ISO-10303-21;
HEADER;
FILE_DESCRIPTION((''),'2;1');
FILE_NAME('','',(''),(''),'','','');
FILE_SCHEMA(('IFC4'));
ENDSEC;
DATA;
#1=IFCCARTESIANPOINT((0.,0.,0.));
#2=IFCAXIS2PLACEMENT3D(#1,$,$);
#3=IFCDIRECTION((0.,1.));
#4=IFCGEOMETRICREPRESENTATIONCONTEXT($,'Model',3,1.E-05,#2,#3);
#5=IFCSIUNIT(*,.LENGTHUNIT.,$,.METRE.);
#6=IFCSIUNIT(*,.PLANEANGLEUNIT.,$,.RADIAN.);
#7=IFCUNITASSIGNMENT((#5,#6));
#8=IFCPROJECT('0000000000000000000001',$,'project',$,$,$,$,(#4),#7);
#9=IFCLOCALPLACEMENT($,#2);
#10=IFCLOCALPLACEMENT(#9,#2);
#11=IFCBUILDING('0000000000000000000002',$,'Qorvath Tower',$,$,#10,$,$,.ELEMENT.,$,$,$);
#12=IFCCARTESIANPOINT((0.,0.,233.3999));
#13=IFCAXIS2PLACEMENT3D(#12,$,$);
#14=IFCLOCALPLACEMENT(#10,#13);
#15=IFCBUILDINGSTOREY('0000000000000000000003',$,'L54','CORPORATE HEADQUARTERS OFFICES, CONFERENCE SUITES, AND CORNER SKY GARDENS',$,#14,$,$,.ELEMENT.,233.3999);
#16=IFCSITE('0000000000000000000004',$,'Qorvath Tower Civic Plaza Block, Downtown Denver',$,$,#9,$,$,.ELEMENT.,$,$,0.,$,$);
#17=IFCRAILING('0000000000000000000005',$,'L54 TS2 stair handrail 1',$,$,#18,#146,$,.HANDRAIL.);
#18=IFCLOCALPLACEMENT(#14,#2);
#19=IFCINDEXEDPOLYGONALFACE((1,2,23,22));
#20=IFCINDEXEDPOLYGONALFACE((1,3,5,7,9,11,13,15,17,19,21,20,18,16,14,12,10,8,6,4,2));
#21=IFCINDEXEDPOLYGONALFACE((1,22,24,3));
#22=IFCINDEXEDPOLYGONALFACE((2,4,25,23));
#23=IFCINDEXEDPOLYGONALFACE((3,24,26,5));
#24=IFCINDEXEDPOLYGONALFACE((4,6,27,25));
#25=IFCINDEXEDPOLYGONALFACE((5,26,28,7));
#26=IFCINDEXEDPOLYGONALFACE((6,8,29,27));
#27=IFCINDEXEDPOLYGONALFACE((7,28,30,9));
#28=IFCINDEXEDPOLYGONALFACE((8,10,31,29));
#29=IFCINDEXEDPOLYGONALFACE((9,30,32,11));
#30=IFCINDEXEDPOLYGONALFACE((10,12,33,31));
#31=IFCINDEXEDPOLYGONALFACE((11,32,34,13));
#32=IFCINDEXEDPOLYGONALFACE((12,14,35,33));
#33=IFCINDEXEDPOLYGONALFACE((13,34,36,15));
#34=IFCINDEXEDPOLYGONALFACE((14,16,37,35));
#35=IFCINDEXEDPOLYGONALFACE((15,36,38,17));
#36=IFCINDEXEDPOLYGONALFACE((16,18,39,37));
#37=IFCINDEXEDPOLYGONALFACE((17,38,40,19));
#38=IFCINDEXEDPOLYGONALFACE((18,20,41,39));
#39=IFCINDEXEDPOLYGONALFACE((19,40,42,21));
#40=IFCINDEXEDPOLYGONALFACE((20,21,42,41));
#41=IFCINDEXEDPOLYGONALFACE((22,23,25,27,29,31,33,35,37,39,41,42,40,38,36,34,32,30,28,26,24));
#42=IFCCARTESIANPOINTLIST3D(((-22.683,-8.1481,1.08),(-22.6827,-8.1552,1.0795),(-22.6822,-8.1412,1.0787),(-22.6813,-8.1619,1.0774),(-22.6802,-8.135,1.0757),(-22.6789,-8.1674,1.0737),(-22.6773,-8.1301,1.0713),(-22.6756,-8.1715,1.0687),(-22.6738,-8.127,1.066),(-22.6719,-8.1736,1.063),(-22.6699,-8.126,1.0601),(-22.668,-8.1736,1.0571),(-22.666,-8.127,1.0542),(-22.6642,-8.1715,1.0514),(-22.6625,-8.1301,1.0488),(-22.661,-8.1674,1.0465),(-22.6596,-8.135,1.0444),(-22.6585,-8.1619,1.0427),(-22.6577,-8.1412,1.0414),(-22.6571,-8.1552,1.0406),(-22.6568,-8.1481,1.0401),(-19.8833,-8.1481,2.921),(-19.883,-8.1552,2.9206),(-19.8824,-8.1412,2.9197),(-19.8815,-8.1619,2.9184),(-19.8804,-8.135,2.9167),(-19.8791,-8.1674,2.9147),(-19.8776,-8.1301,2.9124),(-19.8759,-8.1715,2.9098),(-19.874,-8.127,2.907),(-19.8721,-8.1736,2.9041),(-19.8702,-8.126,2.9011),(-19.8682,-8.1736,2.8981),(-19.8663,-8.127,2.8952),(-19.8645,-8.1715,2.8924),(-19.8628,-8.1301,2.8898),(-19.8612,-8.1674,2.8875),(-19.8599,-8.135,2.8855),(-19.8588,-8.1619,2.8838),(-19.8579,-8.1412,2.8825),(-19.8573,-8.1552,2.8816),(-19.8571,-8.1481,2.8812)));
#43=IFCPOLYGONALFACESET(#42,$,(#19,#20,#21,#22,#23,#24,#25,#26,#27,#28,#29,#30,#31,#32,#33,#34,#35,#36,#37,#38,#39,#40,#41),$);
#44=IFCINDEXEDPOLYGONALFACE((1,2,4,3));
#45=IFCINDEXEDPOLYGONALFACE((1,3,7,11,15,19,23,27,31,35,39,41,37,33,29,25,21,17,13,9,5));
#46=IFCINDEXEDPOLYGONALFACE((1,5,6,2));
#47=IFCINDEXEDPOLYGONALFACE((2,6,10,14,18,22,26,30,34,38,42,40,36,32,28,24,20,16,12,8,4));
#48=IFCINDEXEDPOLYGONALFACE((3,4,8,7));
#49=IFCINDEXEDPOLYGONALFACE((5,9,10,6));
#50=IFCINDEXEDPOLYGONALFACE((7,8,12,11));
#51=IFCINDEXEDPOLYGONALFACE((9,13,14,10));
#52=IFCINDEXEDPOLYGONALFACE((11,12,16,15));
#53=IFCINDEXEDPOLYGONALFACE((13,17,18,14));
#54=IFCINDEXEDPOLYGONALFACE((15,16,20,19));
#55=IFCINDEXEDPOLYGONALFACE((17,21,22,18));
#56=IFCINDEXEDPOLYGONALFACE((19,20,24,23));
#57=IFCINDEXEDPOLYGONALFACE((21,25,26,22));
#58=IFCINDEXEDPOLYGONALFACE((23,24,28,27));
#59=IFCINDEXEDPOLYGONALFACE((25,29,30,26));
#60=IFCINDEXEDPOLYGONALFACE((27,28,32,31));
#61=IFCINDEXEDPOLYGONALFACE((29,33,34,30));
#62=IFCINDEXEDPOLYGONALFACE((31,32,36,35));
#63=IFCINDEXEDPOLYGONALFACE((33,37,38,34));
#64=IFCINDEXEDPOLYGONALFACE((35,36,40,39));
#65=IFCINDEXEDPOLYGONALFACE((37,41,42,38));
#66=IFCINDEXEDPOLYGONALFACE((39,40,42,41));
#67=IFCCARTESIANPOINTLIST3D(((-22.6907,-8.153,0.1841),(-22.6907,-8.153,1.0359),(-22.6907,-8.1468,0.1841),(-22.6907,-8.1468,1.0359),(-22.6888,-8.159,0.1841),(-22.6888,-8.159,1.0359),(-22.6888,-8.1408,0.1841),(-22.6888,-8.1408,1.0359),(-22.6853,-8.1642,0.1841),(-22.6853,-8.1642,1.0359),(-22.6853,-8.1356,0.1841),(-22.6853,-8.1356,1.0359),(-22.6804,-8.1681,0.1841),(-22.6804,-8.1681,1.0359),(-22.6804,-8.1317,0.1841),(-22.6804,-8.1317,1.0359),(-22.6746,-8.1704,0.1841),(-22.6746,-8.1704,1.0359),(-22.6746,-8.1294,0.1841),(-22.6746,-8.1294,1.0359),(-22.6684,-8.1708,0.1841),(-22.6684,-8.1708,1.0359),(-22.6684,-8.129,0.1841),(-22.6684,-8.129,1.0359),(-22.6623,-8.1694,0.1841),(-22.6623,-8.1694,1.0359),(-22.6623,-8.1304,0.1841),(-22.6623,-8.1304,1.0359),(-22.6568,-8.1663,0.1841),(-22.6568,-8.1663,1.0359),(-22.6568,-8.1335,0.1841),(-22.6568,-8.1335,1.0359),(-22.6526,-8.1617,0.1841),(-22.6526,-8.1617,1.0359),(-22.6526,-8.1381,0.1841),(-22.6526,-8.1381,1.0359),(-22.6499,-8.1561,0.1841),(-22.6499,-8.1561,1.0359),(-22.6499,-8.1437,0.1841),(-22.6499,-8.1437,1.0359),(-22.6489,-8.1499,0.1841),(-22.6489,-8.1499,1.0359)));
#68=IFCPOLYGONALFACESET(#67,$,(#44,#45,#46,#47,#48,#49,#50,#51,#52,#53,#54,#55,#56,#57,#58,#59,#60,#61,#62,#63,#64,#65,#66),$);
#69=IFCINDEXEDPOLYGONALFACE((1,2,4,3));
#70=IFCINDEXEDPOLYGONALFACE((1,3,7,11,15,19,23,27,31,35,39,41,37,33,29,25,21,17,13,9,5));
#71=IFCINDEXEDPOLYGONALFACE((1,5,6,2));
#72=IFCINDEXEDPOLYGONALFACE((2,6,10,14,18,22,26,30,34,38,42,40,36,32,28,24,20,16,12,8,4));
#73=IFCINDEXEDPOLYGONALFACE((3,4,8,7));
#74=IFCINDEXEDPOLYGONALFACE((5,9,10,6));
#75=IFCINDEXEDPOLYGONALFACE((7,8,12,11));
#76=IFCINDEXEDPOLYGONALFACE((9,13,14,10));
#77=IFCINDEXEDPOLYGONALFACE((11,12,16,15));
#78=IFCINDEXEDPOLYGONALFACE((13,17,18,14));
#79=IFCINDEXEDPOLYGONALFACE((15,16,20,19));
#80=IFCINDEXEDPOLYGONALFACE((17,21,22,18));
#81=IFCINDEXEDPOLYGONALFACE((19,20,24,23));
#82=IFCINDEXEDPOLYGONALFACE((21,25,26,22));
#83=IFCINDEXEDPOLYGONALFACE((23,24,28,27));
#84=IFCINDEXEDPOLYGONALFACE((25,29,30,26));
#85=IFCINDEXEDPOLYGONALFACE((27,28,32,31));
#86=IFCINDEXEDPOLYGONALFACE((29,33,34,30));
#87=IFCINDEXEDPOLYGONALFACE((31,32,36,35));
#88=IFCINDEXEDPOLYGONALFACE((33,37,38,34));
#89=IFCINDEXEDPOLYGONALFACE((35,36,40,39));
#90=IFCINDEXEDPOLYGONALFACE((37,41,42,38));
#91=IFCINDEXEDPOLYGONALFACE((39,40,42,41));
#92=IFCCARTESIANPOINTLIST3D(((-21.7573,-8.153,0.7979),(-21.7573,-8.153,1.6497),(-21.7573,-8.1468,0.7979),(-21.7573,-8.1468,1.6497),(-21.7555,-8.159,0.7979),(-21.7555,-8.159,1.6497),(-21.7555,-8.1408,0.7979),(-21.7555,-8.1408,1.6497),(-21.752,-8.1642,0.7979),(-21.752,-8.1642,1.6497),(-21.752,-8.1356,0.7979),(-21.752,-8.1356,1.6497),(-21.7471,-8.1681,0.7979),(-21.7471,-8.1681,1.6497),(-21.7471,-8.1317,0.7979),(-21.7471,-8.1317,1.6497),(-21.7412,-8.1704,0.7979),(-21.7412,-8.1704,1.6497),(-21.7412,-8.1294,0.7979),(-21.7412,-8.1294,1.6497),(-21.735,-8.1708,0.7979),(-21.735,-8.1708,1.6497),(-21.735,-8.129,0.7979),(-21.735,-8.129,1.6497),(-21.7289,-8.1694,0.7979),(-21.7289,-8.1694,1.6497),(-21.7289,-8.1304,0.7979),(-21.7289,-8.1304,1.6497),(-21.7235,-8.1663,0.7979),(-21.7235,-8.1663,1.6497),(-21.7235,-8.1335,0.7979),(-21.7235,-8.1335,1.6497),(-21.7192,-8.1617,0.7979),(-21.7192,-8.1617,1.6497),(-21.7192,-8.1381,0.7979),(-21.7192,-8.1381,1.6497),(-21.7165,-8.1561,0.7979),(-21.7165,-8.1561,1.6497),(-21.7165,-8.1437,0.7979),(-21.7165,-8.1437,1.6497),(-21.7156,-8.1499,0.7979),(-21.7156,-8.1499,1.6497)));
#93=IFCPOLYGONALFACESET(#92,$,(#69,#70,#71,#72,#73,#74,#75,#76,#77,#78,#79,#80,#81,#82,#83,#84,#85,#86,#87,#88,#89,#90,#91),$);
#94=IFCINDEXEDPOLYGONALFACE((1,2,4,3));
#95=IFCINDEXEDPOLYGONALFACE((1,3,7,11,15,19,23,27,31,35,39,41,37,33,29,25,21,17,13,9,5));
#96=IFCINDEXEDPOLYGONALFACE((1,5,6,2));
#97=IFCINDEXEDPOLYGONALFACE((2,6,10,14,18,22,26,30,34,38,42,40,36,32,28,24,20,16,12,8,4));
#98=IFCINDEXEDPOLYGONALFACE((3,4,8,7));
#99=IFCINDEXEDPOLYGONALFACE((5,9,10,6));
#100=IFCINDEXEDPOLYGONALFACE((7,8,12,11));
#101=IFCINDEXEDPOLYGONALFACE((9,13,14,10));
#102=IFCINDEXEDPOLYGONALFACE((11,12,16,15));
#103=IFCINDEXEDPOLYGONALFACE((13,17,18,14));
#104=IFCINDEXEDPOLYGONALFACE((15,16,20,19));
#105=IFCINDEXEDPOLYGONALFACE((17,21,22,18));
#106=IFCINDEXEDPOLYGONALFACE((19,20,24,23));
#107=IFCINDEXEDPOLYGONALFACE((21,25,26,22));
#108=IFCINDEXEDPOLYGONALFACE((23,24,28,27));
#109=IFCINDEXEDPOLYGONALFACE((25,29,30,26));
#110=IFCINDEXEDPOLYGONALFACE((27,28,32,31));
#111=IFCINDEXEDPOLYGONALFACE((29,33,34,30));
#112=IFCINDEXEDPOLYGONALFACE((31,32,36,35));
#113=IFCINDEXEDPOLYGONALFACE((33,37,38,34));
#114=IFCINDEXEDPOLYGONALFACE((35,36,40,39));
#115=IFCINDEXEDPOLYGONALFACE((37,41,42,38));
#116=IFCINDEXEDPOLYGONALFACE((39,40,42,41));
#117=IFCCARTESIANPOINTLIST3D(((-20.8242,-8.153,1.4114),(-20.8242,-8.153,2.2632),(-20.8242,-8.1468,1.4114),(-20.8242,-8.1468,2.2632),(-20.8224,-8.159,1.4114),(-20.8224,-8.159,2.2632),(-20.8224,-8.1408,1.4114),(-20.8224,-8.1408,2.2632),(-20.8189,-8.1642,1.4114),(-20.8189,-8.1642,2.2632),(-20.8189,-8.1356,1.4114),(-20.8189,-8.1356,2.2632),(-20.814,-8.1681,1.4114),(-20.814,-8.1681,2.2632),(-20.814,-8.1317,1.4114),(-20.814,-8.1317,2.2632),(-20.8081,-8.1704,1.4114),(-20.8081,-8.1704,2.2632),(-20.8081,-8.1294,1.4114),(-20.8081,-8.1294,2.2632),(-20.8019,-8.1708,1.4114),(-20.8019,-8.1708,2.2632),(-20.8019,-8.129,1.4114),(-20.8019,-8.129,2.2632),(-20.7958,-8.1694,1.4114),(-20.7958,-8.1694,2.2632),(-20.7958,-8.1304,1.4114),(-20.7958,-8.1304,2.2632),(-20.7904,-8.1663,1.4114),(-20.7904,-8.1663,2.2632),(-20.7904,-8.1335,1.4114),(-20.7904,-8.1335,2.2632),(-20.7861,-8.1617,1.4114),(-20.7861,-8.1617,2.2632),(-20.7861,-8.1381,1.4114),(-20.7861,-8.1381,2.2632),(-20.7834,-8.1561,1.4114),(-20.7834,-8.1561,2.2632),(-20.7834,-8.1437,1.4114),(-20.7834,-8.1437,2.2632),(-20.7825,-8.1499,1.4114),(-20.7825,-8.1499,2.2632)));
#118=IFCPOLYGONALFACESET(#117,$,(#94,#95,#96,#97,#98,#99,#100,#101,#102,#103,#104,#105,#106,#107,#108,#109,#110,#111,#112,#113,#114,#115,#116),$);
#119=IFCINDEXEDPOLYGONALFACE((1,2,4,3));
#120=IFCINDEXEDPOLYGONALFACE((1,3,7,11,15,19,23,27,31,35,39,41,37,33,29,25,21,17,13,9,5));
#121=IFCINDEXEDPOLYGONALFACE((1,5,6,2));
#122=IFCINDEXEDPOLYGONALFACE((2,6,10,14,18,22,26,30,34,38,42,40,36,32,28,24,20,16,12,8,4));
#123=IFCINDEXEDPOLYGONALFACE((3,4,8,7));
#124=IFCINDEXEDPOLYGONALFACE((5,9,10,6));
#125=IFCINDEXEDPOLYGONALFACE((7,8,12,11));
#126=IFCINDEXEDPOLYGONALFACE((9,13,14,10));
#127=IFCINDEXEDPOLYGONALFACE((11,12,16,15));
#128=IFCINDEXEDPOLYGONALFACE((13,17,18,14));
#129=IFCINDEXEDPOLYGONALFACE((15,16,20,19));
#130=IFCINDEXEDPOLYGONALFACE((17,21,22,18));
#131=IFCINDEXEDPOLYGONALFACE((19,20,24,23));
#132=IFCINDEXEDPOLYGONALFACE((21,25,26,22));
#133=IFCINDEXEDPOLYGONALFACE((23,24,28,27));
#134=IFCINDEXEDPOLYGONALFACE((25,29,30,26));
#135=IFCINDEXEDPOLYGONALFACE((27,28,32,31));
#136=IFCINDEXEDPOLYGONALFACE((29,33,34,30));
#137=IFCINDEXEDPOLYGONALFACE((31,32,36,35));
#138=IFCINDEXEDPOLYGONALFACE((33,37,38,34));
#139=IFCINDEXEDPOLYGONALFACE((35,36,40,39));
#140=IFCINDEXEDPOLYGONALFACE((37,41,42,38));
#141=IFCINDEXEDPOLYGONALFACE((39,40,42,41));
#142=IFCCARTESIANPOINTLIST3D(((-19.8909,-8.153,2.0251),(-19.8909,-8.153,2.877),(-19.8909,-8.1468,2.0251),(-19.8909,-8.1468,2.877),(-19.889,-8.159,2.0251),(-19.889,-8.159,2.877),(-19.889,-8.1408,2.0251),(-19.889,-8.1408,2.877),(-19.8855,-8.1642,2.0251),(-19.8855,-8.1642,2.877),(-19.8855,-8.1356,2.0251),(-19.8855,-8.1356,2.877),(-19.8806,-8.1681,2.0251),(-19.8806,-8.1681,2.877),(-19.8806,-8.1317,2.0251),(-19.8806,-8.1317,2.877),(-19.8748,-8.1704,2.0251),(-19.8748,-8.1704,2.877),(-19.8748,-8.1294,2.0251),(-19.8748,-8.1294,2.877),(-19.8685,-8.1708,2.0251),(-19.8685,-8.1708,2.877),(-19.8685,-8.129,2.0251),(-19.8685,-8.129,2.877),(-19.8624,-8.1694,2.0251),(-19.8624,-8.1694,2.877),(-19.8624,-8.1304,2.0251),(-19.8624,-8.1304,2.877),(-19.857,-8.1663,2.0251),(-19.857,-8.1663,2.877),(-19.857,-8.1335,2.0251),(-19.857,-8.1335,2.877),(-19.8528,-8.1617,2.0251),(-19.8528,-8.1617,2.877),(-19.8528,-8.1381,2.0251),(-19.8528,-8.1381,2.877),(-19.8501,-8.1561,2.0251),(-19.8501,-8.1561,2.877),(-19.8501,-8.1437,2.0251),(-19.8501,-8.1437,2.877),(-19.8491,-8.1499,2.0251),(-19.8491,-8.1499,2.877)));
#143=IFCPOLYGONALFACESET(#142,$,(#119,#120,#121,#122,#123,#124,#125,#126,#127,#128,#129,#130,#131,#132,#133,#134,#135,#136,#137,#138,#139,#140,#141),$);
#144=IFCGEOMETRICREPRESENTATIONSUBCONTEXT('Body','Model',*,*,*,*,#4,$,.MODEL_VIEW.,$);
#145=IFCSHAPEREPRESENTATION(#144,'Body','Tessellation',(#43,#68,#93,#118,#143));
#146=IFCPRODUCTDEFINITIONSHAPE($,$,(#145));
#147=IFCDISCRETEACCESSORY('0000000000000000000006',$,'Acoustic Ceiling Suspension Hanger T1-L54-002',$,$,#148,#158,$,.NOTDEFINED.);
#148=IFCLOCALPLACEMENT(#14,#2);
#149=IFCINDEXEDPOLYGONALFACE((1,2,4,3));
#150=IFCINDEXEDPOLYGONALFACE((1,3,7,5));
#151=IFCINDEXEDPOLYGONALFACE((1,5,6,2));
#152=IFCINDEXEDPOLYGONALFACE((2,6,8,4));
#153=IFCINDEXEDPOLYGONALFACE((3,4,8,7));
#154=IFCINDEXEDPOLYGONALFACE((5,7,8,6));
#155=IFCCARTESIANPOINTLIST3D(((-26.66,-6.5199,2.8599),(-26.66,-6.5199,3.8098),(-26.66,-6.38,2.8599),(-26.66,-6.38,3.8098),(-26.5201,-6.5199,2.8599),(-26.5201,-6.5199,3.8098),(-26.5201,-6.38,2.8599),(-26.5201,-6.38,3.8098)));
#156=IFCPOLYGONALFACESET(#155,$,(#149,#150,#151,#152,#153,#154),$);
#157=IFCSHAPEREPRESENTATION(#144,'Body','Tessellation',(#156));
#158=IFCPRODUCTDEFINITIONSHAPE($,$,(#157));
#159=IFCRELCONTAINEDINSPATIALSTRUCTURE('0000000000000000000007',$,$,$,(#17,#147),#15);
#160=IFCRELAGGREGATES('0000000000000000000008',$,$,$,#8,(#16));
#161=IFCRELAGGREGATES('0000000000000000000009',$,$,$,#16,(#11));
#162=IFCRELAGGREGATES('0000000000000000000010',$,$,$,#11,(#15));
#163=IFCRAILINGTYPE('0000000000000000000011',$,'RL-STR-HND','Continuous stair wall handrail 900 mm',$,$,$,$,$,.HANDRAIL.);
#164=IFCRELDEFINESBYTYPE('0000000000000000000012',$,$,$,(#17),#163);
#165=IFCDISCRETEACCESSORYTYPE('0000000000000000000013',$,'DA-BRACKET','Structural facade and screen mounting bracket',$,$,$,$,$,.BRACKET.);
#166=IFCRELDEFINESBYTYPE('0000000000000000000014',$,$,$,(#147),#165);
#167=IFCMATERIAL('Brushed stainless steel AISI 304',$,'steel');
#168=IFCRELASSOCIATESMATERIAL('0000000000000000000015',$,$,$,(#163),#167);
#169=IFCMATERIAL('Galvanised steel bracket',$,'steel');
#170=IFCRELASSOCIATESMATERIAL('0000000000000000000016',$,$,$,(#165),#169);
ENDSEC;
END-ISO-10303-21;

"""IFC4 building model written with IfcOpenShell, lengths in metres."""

from ifc_helpers import new_model, si_unit, direction, frame, origin, origin_2d, place, context, subcontext, project, spatial, rectangle, circle, extrude, material, type_object, element, save


model = new_model("IFC4")

# Units and contexts
model_context = context("Model", 3, precision=1e-05, world=origin(), true_north=direction((0.0, 1.0)))
body_context = subcontext(model_context, "Body", "Model", "MODEL_VIEW")
ifc_project = project(units=[si_unit("LENGTHUNIT", "METRE"), si_unit("PLANEANGLEUNIT", "RADIAN")], contexts=[model_context])

# Site, building, storey
site_placement = place(None, origin())
site = spatial("IfcSite", under=ifc_project, at=site_placement, Name="Qorvath Tower Civic Plaza Block, Downtown Denver", CompositionType="ELEMENT", RefElevation=0.0)
building_placement = place(site_placement, origin())
building = spatial("IfcBuilding", under=site, at=building_placement, Name="Qorvath Tower", CompositionType="ELEMENT")
storey_placement = place(building_placement, frame((0.0, 0.0, 233.3999)))
storey = spatial("IfcBuildingStorey", under=building, at=storey_placement, Name="L54", Description="CORPORATE HEADQUARTERS OFFICES, CONFERENCE SUITES, AND CORNER SKY GARDENS", CompositionType="ELEMENT", Elevation=233.3999)

# Railing
ifc_material_1 = material(Name="Brushed stainless steel AISI 304", Category="steel")
railing_type_1 = type_object("IfcRailingType", Name="RL-STR-HND", Description="Continuous stair wall handrail 900 mm", PredefinedType="HANDRAIL", material=ifc_material_1)
railing_1_placement = place(storey_placement, frame((-22.6699, -8.1499, 0.1841)))
element("IfcRailing", 1, at=railing_1_placement, inside=storey, type_object=railing_type_1, Name="L54 TS2 stair handrail 1", PredefinedType="HANDRAIL", context=body_context, shape_type="SweptSolid", body=[
    extrude(circle(Radius=0.0239, at=origin_2d()), frame((0.0, 0.0, 0.876), z_axis=(0.835542, 0.0, 0.549426), x_axis=(0.0, 1.0, 0.0)), (0.0, 0.0, 1.0), 3.3508),
    extrude(circle(Radius=0.021, at=origin_2d()), origin(), (0.0, 0.0, 1.0), 0.8518),
    extrude(circle(Radius=0.021, at=origin_2d()), frame((0.9333, 0.0, 0.6138)), (0.0, 0.0, 1.0), 0.8518),
    extrude(circle(Radius=0.021, at=origin_2d()), frame((1.8665, 0.0, 1.2273)), (0.0, 0.0, 1.0), 0.8518),
    extrude(circle(Radius=0.021, at=origin_2d()), frame((2.7998, 0.0, 1.8411)), (0.0, 0.0, 1.0), 0.8518),
])

# Discrete accessory
ifc_material_2 = material(Name="Galvanised steel bracket", Category="steel")
discrete_accessory_type = type_object("IfcDiscreteAccessoryType", Name="DA-BRACKET", Description="Structural facade and screen mounting bracket", PredefinedType="BRACKET", material=ifc_material_2)
discrete_accessory_placement = place(storey_placement, frame((-26.5901, -6.45, 2.8599), z_axis=(0.0, 0.0, 1.0), x_axis=(1.0, 0.0, 0.0)))
element("IfcDiscreteAccessory", 2, at=discrete_accessory_placement, inside=storey, type_object=discrete_accessory_type, Name="Acoustic Ceiling Suspension Hanger T1-L54-002", PredefinedType="NOTDEFINED", context=body_context, shape_type="SweptSolid", body=[
    extrude(rectangle(XDim=0.1399, YDim=0.1399, at=origin_2d()), origin(), (0.0, 0.0, 1.0), 0.95),
])

save(model, "model.ifc")
